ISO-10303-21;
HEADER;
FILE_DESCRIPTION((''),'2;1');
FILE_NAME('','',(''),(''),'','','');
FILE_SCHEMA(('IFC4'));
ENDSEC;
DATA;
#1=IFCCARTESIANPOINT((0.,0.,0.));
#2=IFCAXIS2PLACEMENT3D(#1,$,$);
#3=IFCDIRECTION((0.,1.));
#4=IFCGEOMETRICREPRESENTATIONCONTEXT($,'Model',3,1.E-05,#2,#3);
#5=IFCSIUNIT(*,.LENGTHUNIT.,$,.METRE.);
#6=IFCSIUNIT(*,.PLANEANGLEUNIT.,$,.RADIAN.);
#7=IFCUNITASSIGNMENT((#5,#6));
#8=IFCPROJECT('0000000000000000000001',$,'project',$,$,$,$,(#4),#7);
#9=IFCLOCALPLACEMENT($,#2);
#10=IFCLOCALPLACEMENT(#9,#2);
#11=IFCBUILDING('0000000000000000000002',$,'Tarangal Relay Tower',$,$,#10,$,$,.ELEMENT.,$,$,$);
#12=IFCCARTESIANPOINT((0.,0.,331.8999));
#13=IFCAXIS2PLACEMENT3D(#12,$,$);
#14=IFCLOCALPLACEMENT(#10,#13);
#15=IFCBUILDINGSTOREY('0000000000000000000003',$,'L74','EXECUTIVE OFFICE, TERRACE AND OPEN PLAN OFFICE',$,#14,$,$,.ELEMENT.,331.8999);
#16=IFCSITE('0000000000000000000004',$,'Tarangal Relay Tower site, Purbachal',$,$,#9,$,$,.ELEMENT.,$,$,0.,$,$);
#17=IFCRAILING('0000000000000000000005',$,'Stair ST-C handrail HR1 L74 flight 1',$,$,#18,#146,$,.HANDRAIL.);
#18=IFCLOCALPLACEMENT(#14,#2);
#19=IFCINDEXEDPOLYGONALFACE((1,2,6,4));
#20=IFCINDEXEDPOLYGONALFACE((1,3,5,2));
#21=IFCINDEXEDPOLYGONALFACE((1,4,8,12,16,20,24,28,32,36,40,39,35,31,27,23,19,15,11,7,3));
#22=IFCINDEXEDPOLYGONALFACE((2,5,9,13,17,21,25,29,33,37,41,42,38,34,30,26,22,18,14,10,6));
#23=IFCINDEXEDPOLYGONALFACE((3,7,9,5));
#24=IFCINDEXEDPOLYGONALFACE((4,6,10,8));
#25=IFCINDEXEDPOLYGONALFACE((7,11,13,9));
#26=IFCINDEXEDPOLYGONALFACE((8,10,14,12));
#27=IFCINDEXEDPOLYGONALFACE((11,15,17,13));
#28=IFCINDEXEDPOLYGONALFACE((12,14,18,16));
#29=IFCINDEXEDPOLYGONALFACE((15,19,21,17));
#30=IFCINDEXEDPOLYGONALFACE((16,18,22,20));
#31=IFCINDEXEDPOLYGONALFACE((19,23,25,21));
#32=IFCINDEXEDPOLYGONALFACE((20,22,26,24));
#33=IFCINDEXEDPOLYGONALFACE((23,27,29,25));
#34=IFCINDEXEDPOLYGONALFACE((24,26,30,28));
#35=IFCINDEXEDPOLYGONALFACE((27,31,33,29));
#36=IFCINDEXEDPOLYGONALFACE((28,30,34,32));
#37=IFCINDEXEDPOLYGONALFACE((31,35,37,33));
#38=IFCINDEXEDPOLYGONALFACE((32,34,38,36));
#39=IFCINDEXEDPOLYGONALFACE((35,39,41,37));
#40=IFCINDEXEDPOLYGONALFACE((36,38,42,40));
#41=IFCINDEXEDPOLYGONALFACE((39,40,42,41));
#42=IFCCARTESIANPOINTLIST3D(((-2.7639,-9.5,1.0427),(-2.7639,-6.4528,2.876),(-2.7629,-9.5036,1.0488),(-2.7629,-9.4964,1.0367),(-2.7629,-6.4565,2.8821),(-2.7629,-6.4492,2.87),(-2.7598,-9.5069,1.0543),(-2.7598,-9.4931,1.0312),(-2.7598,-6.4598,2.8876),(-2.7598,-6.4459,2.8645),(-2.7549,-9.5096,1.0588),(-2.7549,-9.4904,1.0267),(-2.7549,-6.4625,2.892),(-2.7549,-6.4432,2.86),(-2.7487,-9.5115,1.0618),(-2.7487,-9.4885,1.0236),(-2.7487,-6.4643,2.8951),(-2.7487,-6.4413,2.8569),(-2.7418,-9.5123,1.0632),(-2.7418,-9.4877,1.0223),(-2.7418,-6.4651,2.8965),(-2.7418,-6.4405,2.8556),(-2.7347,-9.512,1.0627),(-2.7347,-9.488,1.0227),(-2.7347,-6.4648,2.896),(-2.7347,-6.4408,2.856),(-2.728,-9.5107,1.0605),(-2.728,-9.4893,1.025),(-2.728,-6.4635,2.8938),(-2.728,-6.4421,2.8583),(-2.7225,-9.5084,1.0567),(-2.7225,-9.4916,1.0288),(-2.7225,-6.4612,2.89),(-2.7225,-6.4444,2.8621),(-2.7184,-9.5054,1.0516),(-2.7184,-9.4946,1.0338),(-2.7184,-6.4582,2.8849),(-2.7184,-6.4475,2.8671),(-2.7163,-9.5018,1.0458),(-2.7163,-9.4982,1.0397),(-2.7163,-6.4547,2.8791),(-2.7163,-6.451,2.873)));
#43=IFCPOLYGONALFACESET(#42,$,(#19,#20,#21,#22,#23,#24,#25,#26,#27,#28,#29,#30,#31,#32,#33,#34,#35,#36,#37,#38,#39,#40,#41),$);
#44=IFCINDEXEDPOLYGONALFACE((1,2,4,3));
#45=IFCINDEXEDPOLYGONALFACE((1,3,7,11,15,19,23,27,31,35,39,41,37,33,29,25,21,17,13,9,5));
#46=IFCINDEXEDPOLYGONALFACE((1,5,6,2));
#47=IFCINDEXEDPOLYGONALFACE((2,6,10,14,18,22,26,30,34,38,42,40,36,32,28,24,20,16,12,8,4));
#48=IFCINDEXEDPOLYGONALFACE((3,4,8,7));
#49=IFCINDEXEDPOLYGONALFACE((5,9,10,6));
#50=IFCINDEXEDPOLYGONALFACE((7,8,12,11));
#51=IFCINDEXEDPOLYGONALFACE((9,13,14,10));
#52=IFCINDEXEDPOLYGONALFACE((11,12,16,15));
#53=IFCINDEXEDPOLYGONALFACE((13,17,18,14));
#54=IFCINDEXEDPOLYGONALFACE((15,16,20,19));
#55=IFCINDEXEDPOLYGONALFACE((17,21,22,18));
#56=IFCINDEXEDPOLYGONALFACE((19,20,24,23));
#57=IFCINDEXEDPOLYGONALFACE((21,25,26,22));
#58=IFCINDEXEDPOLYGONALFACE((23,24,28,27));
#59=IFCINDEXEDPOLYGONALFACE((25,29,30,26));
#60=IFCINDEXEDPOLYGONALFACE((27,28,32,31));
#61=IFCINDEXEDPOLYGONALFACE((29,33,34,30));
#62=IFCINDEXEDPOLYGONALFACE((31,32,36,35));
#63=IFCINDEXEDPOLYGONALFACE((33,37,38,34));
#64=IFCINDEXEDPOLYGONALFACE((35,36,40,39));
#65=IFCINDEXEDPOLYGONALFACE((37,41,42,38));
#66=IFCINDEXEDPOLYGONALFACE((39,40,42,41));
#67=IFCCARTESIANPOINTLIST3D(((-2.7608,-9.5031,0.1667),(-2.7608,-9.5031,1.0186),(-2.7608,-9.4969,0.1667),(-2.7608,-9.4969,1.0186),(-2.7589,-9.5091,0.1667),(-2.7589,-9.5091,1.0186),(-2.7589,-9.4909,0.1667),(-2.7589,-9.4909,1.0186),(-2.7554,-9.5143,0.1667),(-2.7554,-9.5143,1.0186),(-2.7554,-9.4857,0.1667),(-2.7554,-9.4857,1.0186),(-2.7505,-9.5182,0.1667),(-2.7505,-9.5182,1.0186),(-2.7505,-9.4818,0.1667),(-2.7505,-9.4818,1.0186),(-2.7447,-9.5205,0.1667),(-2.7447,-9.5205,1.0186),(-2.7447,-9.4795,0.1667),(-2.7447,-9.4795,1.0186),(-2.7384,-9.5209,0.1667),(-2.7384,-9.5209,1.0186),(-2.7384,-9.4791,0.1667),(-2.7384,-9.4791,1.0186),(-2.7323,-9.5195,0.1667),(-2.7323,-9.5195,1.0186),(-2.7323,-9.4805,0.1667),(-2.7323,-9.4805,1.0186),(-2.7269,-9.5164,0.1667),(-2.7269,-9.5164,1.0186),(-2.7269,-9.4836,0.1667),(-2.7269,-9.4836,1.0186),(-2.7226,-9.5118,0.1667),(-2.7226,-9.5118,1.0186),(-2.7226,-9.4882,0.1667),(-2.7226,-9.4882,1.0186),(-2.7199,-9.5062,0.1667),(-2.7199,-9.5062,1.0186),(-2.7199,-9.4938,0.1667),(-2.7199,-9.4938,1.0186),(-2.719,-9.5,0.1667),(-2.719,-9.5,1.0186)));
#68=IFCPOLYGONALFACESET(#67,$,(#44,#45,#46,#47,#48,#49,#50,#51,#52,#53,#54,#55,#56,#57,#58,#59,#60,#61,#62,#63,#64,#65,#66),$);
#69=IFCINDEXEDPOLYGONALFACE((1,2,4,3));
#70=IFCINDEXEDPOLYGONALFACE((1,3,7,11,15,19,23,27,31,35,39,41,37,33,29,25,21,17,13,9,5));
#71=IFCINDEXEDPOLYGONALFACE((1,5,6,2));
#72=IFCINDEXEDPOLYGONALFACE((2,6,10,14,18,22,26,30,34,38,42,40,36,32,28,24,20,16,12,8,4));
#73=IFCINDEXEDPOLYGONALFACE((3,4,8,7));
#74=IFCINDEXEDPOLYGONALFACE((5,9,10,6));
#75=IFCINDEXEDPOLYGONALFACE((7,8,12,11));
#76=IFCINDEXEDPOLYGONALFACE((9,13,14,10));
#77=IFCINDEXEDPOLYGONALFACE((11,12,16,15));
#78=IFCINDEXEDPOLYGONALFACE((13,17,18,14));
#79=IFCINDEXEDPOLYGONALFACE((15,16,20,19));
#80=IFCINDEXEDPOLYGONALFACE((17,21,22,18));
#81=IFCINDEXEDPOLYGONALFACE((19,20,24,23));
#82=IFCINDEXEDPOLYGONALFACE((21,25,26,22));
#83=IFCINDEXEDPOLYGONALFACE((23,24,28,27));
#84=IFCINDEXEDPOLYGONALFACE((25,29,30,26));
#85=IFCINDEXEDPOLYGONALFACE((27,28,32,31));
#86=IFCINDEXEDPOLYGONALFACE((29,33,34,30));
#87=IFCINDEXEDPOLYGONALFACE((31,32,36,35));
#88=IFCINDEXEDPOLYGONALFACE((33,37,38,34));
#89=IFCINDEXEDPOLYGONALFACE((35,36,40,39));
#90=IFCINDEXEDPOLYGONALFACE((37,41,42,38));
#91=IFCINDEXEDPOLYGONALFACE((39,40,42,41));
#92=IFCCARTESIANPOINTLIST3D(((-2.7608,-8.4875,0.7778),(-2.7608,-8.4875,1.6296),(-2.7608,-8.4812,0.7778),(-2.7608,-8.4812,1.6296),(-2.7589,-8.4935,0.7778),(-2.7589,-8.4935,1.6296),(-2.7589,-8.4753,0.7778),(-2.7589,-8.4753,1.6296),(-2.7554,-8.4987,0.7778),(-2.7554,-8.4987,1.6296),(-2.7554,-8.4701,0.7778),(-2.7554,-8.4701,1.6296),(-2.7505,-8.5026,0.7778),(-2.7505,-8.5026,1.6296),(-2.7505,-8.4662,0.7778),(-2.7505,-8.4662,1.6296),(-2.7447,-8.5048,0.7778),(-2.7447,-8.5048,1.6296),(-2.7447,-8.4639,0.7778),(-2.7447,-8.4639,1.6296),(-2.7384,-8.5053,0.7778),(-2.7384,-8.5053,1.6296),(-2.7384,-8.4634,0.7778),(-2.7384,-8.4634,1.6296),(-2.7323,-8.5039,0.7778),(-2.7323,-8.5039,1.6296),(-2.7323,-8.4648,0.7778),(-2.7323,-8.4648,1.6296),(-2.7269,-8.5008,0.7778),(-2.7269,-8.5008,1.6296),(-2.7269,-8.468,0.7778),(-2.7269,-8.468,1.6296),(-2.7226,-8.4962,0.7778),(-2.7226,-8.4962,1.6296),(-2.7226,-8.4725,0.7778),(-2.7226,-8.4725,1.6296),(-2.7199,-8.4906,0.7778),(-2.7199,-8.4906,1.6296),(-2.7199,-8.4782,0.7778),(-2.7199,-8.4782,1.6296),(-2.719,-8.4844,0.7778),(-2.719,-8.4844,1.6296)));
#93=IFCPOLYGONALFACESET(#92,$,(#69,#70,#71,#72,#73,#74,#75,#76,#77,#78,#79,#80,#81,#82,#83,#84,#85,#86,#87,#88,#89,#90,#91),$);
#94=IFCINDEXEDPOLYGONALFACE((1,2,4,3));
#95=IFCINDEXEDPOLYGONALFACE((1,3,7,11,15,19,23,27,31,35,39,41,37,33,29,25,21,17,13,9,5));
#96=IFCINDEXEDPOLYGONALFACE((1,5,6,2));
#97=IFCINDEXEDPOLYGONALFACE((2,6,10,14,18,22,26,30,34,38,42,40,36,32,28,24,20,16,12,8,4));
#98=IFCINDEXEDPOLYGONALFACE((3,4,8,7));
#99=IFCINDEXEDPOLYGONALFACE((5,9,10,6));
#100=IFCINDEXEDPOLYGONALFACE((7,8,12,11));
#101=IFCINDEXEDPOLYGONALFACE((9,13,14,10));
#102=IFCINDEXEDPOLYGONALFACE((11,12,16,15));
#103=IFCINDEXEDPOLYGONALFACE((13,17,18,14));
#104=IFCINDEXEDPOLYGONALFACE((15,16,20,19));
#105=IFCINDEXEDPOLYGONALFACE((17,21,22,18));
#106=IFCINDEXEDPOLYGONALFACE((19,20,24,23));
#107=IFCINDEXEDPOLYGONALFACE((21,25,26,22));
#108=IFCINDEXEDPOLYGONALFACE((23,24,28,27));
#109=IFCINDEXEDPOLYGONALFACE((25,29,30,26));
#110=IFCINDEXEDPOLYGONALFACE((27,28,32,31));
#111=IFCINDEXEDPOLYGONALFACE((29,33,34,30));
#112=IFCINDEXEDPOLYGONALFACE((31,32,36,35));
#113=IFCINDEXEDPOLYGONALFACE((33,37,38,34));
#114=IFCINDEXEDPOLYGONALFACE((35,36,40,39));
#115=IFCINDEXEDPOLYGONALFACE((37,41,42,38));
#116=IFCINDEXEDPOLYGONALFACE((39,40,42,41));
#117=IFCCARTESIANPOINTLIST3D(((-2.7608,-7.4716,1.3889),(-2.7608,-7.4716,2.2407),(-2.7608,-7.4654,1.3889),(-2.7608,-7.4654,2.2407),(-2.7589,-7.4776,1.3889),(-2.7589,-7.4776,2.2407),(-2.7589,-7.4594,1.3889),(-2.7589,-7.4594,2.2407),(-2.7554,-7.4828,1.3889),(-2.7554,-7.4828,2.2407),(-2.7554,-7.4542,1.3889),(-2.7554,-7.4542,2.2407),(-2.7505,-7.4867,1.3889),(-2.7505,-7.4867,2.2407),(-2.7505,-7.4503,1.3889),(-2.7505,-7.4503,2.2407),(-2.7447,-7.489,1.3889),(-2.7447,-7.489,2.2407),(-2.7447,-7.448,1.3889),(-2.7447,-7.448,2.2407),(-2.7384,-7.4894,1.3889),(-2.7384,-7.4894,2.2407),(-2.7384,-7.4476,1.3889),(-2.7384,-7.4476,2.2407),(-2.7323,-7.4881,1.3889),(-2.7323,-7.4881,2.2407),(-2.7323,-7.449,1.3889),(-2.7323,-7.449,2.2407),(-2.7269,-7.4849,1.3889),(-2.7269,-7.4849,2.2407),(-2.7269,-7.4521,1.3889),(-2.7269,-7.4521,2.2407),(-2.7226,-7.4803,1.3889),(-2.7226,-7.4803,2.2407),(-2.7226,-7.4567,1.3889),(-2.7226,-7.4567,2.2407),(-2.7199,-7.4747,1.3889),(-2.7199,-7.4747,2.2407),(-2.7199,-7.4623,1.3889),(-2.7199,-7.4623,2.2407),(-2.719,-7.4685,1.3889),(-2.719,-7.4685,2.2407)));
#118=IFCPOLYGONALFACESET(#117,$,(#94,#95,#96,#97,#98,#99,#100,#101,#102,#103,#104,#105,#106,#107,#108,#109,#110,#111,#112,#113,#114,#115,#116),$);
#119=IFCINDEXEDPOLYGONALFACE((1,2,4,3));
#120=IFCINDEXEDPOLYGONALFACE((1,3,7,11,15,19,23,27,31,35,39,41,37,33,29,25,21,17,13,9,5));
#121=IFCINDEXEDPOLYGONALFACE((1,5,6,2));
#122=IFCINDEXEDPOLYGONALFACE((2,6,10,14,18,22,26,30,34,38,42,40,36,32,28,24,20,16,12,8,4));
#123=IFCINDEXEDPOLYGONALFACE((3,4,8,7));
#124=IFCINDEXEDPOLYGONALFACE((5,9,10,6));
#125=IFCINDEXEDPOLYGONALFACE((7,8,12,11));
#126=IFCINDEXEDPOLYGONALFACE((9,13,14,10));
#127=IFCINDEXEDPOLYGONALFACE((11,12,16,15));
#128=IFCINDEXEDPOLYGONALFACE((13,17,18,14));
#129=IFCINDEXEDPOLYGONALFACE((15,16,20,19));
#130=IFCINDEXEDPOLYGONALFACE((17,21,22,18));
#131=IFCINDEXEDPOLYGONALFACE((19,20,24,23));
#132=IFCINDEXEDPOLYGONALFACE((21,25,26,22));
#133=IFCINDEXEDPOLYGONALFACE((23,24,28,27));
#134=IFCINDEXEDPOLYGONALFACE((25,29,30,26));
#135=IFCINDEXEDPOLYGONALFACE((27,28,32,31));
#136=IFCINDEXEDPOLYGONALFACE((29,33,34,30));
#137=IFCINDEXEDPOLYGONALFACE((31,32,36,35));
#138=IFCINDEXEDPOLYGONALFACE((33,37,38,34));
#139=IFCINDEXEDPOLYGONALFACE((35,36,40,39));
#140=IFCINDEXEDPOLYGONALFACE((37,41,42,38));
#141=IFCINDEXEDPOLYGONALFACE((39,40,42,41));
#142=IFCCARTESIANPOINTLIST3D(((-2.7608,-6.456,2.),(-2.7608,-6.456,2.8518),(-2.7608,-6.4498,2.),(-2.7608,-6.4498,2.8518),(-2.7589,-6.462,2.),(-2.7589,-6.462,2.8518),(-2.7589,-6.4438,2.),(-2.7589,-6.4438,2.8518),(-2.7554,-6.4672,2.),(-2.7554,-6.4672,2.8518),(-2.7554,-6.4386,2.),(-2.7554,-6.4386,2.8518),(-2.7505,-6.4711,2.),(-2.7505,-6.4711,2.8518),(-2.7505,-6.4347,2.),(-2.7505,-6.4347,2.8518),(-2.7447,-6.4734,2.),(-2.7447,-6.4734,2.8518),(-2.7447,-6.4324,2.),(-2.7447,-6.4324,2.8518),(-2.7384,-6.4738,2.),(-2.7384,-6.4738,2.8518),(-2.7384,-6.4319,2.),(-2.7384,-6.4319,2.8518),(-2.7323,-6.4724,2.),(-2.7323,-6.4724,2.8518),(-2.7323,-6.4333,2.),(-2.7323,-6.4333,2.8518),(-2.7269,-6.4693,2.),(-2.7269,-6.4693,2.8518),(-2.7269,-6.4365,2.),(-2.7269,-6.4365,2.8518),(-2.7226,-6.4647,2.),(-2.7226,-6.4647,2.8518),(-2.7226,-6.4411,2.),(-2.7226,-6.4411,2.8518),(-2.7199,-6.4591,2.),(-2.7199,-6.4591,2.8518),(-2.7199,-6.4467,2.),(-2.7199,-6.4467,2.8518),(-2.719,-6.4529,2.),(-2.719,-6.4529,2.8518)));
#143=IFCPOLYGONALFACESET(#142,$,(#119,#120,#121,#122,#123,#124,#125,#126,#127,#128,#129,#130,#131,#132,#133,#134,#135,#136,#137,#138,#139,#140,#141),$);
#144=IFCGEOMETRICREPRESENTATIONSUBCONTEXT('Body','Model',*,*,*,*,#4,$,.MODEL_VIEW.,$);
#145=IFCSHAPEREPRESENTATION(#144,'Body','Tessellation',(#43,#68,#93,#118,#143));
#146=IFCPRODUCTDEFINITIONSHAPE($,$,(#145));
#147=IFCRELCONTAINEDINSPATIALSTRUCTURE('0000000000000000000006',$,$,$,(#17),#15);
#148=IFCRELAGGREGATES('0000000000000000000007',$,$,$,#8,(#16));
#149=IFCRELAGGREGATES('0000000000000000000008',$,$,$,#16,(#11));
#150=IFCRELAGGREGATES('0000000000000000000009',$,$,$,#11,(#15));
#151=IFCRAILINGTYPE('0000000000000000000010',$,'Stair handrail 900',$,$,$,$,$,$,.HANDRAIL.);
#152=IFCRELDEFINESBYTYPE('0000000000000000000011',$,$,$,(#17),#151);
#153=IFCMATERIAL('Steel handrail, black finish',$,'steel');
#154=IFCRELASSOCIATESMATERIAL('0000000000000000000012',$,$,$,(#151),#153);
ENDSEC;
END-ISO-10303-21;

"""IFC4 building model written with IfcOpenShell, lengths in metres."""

from ifc_helpers import new_model, si_unit, direction, frame, origin, origin_2d, place, context, subcontext, project, spatial, circle, extrude, material, type_object, element, save


model = new_model("IFC4")

# Units and contexts
model_context = context("Model", 3, precision=1e-05, world=origin(), true_north=direction((0.0, 1.0)))
body_context = subcontext(model_context, "Body", "Model", "MODEL_VIEW")
ifc_project = project(units=[si_unit("LENGTHUNIT", "METRE"), si_unit("PLANEANGLEUNIT", "RADIAN")], contexts=[model_context])

# Site, building, storey
site_placement = place(None, origin())
site = spatial("IfcSite", under=ifc_project, at=site_placement, Name="Tarangal Relay Tower site, Purbachal", CompositionType="ELEMENT", RefElevation=0.0)
building_placement = place(site_placement, origin())
building = spatial("IfcBuilding", under=site, at=building_placement, Name="Tarangal Relay Tower", CompositionType="ELEMENT")
storey_placement = place(building_placement, frame((0.0, 0.0, 331.8999)))
storey = spatial("IfcBuildingStorey", under=building, at=storey_placement, Name="L74", Description="EXECUTIVE OFFICE, TERRACE AND OPEN PLAN OFFICE", CompositionType="ELEMENT", Elevation=331.8999)

# Railing
ifc_material_1 = material(Name="Steel handrail, black finish", Category="steel")
railing_type_1 = type_object("IfcRailingType", Name="Stair handrail 900", PredefinedType="HANDRAIL", material=ifc_material_1)
railing_1_placement = place(storey_placement, frame((-2.74, -9.5, 0.1667)))
element("IfcRailing", 1, at=railing_1_placement, inside=storey, type_object=railing_type_1, Name="Stair ST-C handrail HR1 L74 flight 1", PredefinedType="HANDRAIL", context=body_context, shape_type="SweptSolid", body=[
    extrude(circle(Radius=0.0239, at=origin_2d()), frame((0.0, 0.0, 0.876), z_axis=(0.0, 0.856874, 0.515525), x_axis=(-1.0, 0.0, 0.0)), (0.0, 0.0, 1.0), 3.5562),
    extrude(circle(Radius=0.021, at=origin_2d()), origin(), (0.0, 0.0, 1.0), 0.8518),
    extrude(circle(Radius=0.021, at=origin_2d()), frame((0.0, 1.0156, 0.6111)), (0.0, 0.0, 1.0), 0.8518),
    extrude(circle(Radius=0.021, at=origin_2d()), frame((0.0, 2.0315, 1.2222)), (0.0, 0.0, 1.0), 0.8518),
    extrude(circle(Radius=0.021, at=origin_2d()), frame((0.0, 3.0471, 1.8333)), (0.0, 0.0, 1.0), 0.8518),
])

save(model, "model.ifc")
